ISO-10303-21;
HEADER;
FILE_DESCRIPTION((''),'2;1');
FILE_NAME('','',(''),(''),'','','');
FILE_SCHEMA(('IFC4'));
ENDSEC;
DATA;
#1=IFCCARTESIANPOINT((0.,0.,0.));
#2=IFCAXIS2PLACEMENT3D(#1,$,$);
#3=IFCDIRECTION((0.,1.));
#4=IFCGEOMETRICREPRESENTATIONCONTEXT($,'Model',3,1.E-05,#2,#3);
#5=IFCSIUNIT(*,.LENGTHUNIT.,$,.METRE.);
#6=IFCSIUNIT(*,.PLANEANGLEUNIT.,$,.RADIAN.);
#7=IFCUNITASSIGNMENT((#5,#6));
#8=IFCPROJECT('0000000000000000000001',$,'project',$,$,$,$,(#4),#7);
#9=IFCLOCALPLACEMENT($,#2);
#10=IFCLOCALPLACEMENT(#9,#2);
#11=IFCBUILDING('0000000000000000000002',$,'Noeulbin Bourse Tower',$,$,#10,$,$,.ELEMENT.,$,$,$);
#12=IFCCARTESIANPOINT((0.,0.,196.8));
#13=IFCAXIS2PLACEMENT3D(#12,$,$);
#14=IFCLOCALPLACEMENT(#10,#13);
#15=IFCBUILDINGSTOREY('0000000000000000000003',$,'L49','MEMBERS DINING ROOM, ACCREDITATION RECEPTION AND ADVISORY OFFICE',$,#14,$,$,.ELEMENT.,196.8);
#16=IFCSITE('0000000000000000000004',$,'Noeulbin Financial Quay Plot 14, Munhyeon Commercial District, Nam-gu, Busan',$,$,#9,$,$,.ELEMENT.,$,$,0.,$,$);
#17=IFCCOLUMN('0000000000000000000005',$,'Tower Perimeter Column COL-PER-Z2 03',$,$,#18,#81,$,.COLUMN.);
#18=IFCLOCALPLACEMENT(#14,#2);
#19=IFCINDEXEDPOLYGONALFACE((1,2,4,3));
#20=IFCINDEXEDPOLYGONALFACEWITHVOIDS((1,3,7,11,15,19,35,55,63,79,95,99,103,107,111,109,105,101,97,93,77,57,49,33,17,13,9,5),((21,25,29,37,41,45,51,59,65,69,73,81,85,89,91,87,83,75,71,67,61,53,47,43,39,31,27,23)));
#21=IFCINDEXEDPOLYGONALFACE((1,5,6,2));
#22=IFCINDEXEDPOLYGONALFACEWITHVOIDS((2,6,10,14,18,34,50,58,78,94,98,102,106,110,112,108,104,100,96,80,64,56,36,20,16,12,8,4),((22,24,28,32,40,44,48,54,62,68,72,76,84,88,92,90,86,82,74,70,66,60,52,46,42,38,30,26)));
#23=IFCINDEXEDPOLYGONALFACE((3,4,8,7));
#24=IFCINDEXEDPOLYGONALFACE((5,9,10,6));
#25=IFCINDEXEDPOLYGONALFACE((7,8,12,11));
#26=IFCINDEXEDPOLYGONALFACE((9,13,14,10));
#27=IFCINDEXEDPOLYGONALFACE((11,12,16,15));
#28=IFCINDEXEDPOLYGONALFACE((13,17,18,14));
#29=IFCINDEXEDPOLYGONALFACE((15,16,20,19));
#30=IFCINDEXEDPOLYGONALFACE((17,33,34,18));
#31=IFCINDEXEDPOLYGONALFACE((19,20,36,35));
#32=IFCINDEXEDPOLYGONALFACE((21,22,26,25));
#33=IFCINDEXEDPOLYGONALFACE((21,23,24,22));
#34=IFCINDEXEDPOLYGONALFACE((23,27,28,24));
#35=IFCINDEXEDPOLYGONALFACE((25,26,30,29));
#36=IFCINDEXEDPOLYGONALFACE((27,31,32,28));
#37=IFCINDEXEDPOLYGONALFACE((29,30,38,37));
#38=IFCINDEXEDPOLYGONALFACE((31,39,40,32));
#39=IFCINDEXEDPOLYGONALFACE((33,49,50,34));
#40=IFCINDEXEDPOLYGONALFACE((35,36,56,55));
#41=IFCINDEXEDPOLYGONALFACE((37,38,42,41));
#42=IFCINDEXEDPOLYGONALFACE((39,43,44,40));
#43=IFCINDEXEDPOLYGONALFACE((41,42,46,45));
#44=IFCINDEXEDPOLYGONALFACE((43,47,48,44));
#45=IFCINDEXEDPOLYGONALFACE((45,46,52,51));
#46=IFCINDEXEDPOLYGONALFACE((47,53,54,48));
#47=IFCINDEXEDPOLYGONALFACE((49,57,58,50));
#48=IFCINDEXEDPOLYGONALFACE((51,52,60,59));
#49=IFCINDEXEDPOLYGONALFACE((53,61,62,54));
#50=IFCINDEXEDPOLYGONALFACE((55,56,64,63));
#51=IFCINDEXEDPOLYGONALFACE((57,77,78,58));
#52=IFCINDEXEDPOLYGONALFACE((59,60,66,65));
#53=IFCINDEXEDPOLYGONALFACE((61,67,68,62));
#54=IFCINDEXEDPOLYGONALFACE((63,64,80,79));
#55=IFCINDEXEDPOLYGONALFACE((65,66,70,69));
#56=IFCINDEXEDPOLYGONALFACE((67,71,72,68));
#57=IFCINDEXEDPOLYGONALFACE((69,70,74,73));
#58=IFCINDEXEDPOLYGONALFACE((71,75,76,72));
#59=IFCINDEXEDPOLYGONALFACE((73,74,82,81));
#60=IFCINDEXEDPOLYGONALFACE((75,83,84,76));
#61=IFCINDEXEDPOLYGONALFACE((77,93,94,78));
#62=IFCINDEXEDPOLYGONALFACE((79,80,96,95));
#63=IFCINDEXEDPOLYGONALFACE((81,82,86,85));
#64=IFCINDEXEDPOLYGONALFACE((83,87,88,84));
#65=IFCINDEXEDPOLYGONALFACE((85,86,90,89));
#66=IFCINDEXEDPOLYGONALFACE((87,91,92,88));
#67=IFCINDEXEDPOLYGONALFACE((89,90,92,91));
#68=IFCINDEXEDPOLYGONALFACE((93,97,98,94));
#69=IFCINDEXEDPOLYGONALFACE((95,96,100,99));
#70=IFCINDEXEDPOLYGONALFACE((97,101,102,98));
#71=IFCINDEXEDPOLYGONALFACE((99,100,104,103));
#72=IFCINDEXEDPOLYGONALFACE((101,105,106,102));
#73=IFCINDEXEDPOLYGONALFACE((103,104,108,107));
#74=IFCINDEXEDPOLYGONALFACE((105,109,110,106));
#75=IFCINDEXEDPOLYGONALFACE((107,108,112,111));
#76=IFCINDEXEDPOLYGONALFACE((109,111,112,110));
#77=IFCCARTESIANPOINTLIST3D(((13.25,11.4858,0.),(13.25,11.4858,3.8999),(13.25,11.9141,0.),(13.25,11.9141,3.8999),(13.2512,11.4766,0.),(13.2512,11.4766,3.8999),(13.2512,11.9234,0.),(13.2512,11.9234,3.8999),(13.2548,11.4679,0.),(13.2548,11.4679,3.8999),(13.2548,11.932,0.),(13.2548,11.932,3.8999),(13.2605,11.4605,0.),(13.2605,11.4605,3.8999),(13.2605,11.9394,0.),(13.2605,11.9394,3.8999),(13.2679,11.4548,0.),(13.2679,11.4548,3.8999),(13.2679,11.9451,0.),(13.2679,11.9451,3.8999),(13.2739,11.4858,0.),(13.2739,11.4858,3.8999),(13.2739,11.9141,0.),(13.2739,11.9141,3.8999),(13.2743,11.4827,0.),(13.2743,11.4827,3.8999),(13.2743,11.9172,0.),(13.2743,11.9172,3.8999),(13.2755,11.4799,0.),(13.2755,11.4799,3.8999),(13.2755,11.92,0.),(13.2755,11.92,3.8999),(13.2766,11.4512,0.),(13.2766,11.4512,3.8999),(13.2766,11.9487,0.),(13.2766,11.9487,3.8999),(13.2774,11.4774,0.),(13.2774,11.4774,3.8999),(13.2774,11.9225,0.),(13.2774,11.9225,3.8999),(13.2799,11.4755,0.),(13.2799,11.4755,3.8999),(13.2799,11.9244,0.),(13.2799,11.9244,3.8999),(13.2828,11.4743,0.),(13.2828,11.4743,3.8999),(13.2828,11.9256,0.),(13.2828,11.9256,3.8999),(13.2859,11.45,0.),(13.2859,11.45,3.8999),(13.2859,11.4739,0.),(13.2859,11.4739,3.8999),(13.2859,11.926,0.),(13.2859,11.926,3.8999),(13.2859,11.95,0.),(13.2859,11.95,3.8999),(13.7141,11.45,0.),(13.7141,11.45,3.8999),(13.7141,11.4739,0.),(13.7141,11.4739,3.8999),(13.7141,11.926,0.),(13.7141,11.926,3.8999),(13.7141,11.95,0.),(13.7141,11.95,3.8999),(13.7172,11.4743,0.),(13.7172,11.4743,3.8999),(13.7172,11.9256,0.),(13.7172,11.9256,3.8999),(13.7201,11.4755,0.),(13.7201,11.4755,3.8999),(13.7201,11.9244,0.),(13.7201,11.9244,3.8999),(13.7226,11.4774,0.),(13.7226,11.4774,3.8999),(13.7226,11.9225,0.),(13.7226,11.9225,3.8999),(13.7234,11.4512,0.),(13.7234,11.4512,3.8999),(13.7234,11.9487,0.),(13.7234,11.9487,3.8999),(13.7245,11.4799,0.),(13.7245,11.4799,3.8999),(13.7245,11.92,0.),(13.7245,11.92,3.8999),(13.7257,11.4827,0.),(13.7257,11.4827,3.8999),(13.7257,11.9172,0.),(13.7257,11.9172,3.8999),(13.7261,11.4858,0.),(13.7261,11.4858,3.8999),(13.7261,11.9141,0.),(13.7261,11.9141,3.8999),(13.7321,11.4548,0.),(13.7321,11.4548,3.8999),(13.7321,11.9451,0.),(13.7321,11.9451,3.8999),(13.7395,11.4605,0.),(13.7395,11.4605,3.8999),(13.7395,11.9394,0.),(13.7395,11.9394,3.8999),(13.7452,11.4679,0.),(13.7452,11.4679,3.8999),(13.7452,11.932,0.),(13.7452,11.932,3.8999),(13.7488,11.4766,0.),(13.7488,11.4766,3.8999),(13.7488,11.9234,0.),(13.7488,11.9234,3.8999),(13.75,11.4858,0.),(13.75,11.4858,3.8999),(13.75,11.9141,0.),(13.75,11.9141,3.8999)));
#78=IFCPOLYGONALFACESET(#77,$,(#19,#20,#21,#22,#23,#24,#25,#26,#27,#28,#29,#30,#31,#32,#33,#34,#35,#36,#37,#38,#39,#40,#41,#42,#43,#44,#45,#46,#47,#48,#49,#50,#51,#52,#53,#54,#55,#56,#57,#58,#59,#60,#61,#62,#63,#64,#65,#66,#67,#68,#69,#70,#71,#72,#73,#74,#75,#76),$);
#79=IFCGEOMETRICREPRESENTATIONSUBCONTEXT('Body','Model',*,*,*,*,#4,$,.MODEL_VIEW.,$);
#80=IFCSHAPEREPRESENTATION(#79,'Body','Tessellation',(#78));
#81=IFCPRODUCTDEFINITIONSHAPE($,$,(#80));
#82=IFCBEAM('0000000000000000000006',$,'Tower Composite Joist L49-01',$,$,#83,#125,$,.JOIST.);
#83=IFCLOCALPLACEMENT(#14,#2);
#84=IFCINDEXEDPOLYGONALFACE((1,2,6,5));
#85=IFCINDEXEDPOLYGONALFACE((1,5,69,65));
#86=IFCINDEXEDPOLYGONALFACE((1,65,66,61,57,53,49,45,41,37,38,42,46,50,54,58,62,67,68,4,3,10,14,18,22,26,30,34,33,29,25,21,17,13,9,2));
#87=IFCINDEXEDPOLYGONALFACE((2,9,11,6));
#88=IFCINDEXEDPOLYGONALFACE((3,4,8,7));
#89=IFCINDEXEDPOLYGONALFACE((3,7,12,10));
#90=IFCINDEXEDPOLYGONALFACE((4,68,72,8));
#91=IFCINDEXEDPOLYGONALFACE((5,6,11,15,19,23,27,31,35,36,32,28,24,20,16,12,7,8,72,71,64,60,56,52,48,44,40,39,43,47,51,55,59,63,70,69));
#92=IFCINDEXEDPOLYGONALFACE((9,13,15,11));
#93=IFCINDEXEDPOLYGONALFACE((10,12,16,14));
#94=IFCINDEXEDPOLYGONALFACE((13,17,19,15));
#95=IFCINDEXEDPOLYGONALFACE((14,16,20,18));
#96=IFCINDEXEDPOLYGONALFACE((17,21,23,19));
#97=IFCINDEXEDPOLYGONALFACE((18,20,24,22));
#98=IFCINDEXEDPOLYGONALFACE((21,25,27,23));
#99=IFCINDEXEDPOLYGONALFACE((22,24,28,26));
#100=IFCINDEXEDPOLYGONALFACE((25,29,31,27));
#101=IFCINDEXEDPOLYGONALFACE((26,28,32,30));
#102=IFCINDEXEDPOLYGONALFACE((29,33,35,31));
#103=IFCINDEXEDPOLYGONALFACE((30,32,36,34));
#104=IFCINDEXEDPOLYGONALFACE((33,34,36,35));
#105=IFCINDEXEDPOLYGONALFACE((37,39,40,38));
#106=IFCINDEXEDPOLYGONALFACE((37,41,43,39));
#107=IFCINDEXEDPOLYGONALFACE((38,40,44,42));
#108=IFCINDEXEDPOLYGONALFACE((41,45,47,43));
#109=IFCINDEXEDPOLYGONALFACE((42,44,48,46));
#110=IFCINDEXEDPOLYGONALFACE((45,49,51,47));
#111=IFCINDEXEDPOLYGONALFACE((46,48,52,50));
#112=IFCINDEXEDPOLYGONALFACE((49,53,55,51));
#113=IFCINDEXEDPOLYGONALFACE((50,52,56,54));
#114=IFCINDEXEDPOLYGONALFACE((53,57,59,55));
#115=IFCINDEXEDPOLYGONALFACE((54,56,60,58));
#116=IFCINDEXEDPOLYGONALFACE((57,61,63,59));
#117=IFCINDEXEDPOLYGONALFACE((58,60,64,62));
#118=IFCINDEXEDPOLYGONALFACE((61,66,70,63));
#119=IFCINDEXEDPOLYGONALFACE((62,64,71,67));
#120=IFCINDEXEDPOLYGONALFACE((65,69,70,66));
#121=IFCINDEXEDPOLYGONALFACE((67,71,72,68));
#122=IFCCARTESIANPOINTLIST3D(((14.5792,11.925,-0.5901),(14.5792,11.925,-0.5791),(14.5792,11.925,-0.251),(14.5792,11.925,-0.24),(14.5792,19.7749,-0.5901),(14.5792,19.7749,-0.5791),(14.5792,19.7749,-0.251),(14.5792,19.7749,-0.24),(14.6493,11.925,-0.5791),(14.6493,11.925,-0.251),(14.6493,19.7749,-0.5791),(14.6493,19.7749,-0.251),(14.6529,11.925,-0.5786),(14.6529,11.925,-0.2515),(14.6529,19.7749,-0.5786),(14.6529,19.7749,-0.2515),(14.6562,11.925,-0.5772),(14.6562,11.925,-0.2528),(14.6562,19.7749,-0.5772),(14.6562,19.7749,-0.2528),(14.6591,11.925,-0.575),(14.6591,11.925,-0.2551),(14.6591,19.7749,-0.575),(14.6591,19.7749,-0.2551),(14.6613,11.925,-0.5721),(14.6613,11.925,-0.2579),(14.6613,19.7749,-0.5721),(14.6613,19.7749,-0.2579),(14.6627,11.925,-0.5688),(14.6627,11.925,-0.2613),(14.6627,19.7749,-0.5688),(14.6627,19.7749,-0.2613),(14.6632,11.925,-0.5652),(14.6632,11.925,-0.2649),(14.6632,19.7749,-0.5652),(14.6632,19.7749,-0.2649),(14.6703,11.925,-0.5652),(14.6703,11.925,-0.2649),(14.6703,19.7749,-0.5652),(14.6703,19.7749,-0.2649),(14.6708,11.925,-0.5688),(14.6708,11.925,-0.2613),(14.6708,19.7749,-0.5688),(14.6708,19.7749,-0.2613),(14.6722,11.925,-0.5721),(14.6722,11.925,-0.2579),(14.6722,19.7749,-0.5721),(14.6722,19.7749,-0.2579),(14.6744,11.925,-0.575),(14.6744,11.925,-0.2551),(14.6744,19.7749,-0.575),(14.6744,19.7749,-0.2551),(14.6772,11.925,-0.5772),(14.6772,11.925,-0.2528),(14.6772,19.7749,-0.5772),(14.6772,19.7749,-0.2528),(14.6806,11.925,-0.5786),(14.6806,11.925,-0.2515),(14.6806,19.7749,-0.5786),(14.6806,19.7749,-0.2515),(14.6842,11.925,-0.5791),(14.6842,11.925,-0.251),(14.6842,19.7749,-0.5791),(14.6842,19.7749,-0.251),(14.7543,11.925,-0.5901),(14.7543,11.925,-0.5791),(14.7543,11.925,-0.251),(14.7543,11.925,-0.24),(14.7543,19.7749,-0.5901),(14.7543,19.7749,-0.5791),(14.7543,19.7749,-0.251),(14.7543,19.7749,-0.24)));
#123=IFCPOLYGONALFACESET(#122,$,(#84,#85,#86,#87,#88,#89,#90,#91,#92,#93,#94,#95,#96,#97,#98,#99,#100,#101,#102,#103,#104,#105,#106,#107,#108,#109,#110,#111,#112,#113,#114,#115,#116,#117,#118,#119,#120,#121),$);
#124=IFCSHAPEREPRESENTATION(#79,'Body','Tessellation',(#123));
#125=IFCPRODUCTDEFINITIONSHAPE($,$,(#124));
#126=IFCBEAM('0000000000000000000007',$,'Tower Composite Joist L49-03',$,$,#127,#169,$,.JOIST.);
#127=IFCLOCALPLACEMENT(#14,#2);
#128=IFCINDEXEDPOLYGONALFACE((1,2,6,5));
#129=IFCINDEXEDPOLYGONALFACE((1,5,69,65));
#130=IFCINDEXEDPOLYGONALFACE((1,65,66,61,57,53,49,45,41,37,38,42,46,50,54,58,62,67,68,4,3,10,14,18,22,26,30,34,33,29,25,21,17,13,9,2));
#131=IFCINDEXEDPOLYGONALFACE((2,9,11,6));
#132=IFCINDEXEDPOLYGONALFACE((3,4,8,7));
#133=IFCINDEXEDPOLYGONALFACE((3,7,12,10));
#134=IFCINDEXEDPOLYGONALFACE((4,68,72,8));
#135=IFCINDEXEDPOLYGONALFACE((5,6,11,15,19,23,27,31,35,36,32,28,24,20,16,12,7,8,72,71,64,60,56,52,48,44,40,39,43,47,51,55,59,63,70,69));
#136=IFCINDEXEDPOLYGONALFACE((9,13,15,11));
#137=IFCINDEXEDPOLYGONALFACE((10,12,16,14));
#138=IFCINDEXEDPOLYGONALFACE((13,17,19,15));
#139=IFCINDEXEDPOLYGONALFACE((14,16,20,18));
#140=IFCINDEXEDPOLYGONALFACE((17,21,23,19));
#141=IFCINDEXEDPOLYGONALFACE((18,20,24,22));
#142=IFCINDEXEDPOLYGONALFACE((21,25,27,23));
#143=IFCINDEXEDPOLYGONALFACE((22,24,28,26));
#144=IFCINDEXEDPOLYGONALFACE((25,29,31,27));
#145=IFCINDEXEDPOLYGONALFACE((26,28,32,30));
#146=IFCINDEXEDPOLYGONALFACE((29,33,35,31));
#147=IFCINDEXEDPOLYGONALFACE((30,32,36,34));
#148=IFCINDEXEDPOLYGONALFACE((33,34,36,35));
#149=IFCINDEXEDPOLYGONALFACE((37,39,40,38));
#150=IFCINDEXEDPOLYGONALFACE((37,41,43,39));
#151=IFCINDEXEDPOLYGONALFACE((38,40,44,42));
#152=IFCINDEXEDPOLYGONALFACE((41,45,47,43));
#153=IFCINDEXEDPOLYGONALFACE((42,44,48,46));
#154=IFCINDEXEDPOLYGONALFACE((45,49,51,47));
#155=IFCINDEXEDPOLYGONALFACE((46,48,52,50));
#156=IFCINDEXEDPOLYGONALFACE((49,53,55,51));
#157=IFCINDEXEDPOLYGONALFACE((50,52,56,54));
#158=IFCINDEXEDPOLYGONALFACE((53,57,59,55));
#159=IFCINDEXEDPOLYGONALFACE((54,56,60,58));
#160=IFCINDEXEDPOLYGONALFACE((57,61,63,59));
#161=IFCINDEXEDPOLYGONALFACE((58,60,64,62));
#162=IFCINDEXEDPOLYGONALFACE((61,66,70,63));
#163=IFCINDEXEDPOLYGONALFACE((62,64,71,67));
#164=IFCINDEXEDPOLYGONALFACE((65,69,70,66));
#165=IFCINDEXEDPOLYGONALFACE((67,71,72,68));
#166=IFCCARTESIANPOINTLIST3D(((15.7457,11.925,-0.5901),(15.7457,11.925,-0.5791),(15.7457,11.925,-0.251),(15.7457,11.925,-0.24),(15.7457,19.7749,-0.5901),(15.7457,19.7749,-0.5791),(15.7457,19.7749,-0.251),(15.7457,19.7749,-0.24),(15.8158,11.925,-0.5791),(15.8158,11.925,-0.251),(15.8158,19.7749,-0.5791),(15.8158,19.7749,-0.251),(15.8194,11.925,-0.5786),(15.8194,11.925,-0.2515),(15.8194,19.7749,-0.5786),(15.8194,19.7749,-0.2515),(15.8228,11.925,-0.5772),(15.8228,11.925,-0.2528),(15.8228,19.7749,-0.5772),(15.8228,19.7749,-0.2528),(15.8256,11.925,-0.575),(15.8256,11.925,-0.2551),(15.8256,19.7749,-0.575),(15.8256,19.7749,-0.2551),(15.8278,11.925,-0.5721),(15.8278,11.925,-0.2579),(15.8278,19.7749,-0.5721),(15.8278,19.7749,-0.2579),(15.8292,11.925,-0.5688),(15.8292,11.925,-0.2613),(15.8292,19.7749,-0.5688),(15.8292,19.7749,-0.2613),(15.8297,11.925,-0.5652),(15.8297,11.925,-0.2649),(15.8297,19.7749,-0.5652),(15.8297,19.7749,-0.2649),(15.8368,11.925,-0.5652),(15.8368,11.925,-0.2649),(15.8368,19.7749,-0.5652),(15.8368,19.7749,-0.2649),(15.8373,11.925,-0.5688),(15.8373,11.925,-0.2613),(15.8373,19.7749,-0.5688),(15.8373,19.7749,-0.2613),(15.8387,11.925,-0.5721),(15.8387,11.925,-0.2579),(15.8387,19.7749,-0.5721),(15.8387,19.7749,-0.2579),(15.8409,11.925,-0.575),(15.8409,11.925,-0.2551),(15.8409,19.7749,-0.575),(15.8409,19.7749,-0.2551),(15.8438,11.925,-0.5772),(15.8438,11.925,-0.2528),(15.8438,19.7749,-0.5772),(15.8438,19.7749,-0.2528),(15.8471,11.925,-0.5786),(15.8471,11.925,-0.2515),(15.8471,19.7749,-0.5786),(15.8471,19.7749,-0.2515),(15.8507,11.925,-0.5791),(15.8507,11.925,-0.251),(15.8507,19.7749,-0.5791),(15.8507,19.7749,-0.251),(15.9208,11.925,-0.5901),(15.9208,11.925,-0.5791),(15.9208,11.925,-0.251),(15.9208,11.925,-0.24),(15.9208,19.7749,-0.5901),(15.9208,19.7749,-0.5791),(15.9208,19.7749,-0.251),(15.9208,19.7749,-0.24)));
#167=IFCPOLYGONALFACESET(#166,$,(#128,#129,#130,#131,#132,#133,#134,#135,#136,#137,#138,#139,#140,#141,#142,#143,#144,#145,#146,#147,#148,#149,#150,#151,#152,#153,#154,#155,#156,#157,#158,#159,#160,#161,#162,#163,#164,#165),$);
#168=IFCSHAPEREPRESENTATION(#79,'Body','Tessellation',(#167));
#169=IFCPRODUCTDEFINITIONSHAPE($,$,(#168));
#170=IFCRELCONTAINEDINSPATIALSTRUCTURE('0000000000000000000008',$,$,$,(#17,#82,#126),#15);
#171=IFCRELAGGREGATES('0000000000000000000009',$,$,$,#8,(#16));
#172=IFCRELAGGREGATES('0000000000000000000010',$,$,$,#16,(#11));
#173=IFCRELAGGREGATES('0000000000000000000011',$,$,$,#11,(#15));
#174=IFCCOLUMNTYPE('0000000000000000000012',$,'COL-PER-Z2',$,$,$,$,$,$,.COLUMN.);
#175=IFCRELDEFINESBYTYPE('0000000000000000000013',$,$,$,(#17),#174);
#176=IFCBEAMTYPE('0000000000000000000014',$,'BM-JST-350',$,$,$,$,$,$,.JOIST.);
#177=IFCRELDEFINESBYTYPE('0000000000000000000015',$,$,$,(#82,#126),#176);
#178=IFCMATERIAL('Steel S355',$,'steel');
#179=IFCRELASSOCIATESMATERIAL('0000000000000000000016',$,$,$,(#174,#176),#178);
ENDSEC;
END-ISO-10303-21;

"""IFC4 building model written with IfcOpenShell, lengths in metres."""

from ifc_helpers import new_model, si_unit, direction, frame, origin, origin_2d, place, context, subcontext, project, spatial, hollow_rectangle, i_section, extrude, material, material_profile, profile_set, type_object, element, save


model = new_model("IFC4")

# Units and contexts
model_context = context("Model", 3, precision=1e-05, world=origin(), true_north=direction((0.0, 1.0)))
body_context = subcontext(model_context, "Body", "Model", "MODEL_VIEW")
ifc_project = project(units=[si_unit("LENGTHUNIT", "METRE"), si_unit("PLANEANGLEUNIT", "RADIAN")], contexts=[model_context])

# Site, building, storey
site_placement = place(None, origin())
site = spatial("IfcSite", under=ifc_project, at=site_placement, Name="Noeulbin Financial Quay Plot 14, Munhyeon Commercial District, Nam-gu, Busan", CompositionType="ELEMENT", RefElevation=0.0)
building_placement = place(site_placement, origin())
building = spatial("IfcBuilding", under=site, at=building_placement, Name="Noeulbin Bourse Tower", CompositionType="ELEMENT")
storey_placement = place(building_placement, frame((0.0, 0.0, 196.8)))
storey = spatial("IfcBuildingStorey", under=building, at=storey_placement, Name="L49", Description="MEMBERS DINING ROOM, ACCREDITATION RECEPTION AND ADVISORY OFFICE", CompositionType="ELEMENT", Elevation=196.8)

# Column
ifc_material_1 = material(Name="Steel S355", Category="steel")
ifc_material_profile_1 = material_profile(ifc_material_1, hollow_rectangle(XDim=0.5, YDim=0.5, WallThickness=0.0239, InnerFilletRadius=0.012, OuterFilletRadius=0.0359, at=origin_2d()), Name="BOX-500x500x24", Category="LoadBearing")
ifc_profile_set_1 = profile_set([ifc_material_profile_1], Name="Steel S355")
column_type = type_object("IfcColumnType", Name="COL-PER-Z2", PredefinedType="COLUMN", material=ifc_profile_set_1)
column_placement = place(storey_placement, frame((13.5, 11.7, 0.0), z_axis=(0.0, 0.0, 1.0), x_axis=(1.0, 0.0, 0.0)))
element("IfcColumn", 1, at=column_placement, inside=storey, type_object=column_type, Name="Tower Perimeter Column COL-PER-Z2 03", PredefinedType="COLUMN", context=body_context, shape_type="SweptSolid", body=[
    extrude(hollow_rectangle(XDim=0.5, YDim=0.5, WallThickness=0.0239, InnerFilletRadius=0.012, OuterFilletRadius=0.0359, at=origin_2d()), origin(), (0.0, 0.0, 1.0), 3.8999),
])

# Beams
ifc_material_profile_2 = material_profile(ifc_material_1, i_section(OverallWidth=0.175, OverallDepth=0.3501, WebThickness=0.0071, FlangeThickness=0.011, FilletRadius=0.0139, at=origin_2d()), Name="H-350x175x7x11", Category="LoadBearing")
ifc_profile_set_2 = profile_set([ifc_material_profile_2], Name="Steel S355")
beam_type_1 = type_object("IfcBeamType", Name="BM-JST-350", PredefinedType="JOIST", material=ifc_profile_set_2)
for number, where, z_axis, x_axis, name in (
    (2, (14.6667, 11.925, -0.415), (0.0, 1.0, 0.0), (-1.0, 0.0, 0.0), "Tower Composite Joist L49-01"),
    (3, (15.8333, 11.925, -0.415), (0.0, 1.0, 0.0), (-1.0, 0.0, 0.0), "Tower Composite Joist L49-03"),
):
    element("IfcBeam", number, at=place(storey_placement, frame(where, z_axis=z_axis, x_axis=x_axis)), inside=storey, type_object=beam_type_1, Name=name, PredefinedType="JOIST", context=body_context, shape_type="SweptSolid", body=[
        extrude(i_section(OverallWidth=0.175, OverallDepth=0.3501, WebThickness=0.0071, FlangeThickness=0.011, FilletRadius=0.0139, at=origin_2d()), origin(), (0.0, 0.0, 1.0), 7.8499),
    ])

save(model, "model.ifc")
